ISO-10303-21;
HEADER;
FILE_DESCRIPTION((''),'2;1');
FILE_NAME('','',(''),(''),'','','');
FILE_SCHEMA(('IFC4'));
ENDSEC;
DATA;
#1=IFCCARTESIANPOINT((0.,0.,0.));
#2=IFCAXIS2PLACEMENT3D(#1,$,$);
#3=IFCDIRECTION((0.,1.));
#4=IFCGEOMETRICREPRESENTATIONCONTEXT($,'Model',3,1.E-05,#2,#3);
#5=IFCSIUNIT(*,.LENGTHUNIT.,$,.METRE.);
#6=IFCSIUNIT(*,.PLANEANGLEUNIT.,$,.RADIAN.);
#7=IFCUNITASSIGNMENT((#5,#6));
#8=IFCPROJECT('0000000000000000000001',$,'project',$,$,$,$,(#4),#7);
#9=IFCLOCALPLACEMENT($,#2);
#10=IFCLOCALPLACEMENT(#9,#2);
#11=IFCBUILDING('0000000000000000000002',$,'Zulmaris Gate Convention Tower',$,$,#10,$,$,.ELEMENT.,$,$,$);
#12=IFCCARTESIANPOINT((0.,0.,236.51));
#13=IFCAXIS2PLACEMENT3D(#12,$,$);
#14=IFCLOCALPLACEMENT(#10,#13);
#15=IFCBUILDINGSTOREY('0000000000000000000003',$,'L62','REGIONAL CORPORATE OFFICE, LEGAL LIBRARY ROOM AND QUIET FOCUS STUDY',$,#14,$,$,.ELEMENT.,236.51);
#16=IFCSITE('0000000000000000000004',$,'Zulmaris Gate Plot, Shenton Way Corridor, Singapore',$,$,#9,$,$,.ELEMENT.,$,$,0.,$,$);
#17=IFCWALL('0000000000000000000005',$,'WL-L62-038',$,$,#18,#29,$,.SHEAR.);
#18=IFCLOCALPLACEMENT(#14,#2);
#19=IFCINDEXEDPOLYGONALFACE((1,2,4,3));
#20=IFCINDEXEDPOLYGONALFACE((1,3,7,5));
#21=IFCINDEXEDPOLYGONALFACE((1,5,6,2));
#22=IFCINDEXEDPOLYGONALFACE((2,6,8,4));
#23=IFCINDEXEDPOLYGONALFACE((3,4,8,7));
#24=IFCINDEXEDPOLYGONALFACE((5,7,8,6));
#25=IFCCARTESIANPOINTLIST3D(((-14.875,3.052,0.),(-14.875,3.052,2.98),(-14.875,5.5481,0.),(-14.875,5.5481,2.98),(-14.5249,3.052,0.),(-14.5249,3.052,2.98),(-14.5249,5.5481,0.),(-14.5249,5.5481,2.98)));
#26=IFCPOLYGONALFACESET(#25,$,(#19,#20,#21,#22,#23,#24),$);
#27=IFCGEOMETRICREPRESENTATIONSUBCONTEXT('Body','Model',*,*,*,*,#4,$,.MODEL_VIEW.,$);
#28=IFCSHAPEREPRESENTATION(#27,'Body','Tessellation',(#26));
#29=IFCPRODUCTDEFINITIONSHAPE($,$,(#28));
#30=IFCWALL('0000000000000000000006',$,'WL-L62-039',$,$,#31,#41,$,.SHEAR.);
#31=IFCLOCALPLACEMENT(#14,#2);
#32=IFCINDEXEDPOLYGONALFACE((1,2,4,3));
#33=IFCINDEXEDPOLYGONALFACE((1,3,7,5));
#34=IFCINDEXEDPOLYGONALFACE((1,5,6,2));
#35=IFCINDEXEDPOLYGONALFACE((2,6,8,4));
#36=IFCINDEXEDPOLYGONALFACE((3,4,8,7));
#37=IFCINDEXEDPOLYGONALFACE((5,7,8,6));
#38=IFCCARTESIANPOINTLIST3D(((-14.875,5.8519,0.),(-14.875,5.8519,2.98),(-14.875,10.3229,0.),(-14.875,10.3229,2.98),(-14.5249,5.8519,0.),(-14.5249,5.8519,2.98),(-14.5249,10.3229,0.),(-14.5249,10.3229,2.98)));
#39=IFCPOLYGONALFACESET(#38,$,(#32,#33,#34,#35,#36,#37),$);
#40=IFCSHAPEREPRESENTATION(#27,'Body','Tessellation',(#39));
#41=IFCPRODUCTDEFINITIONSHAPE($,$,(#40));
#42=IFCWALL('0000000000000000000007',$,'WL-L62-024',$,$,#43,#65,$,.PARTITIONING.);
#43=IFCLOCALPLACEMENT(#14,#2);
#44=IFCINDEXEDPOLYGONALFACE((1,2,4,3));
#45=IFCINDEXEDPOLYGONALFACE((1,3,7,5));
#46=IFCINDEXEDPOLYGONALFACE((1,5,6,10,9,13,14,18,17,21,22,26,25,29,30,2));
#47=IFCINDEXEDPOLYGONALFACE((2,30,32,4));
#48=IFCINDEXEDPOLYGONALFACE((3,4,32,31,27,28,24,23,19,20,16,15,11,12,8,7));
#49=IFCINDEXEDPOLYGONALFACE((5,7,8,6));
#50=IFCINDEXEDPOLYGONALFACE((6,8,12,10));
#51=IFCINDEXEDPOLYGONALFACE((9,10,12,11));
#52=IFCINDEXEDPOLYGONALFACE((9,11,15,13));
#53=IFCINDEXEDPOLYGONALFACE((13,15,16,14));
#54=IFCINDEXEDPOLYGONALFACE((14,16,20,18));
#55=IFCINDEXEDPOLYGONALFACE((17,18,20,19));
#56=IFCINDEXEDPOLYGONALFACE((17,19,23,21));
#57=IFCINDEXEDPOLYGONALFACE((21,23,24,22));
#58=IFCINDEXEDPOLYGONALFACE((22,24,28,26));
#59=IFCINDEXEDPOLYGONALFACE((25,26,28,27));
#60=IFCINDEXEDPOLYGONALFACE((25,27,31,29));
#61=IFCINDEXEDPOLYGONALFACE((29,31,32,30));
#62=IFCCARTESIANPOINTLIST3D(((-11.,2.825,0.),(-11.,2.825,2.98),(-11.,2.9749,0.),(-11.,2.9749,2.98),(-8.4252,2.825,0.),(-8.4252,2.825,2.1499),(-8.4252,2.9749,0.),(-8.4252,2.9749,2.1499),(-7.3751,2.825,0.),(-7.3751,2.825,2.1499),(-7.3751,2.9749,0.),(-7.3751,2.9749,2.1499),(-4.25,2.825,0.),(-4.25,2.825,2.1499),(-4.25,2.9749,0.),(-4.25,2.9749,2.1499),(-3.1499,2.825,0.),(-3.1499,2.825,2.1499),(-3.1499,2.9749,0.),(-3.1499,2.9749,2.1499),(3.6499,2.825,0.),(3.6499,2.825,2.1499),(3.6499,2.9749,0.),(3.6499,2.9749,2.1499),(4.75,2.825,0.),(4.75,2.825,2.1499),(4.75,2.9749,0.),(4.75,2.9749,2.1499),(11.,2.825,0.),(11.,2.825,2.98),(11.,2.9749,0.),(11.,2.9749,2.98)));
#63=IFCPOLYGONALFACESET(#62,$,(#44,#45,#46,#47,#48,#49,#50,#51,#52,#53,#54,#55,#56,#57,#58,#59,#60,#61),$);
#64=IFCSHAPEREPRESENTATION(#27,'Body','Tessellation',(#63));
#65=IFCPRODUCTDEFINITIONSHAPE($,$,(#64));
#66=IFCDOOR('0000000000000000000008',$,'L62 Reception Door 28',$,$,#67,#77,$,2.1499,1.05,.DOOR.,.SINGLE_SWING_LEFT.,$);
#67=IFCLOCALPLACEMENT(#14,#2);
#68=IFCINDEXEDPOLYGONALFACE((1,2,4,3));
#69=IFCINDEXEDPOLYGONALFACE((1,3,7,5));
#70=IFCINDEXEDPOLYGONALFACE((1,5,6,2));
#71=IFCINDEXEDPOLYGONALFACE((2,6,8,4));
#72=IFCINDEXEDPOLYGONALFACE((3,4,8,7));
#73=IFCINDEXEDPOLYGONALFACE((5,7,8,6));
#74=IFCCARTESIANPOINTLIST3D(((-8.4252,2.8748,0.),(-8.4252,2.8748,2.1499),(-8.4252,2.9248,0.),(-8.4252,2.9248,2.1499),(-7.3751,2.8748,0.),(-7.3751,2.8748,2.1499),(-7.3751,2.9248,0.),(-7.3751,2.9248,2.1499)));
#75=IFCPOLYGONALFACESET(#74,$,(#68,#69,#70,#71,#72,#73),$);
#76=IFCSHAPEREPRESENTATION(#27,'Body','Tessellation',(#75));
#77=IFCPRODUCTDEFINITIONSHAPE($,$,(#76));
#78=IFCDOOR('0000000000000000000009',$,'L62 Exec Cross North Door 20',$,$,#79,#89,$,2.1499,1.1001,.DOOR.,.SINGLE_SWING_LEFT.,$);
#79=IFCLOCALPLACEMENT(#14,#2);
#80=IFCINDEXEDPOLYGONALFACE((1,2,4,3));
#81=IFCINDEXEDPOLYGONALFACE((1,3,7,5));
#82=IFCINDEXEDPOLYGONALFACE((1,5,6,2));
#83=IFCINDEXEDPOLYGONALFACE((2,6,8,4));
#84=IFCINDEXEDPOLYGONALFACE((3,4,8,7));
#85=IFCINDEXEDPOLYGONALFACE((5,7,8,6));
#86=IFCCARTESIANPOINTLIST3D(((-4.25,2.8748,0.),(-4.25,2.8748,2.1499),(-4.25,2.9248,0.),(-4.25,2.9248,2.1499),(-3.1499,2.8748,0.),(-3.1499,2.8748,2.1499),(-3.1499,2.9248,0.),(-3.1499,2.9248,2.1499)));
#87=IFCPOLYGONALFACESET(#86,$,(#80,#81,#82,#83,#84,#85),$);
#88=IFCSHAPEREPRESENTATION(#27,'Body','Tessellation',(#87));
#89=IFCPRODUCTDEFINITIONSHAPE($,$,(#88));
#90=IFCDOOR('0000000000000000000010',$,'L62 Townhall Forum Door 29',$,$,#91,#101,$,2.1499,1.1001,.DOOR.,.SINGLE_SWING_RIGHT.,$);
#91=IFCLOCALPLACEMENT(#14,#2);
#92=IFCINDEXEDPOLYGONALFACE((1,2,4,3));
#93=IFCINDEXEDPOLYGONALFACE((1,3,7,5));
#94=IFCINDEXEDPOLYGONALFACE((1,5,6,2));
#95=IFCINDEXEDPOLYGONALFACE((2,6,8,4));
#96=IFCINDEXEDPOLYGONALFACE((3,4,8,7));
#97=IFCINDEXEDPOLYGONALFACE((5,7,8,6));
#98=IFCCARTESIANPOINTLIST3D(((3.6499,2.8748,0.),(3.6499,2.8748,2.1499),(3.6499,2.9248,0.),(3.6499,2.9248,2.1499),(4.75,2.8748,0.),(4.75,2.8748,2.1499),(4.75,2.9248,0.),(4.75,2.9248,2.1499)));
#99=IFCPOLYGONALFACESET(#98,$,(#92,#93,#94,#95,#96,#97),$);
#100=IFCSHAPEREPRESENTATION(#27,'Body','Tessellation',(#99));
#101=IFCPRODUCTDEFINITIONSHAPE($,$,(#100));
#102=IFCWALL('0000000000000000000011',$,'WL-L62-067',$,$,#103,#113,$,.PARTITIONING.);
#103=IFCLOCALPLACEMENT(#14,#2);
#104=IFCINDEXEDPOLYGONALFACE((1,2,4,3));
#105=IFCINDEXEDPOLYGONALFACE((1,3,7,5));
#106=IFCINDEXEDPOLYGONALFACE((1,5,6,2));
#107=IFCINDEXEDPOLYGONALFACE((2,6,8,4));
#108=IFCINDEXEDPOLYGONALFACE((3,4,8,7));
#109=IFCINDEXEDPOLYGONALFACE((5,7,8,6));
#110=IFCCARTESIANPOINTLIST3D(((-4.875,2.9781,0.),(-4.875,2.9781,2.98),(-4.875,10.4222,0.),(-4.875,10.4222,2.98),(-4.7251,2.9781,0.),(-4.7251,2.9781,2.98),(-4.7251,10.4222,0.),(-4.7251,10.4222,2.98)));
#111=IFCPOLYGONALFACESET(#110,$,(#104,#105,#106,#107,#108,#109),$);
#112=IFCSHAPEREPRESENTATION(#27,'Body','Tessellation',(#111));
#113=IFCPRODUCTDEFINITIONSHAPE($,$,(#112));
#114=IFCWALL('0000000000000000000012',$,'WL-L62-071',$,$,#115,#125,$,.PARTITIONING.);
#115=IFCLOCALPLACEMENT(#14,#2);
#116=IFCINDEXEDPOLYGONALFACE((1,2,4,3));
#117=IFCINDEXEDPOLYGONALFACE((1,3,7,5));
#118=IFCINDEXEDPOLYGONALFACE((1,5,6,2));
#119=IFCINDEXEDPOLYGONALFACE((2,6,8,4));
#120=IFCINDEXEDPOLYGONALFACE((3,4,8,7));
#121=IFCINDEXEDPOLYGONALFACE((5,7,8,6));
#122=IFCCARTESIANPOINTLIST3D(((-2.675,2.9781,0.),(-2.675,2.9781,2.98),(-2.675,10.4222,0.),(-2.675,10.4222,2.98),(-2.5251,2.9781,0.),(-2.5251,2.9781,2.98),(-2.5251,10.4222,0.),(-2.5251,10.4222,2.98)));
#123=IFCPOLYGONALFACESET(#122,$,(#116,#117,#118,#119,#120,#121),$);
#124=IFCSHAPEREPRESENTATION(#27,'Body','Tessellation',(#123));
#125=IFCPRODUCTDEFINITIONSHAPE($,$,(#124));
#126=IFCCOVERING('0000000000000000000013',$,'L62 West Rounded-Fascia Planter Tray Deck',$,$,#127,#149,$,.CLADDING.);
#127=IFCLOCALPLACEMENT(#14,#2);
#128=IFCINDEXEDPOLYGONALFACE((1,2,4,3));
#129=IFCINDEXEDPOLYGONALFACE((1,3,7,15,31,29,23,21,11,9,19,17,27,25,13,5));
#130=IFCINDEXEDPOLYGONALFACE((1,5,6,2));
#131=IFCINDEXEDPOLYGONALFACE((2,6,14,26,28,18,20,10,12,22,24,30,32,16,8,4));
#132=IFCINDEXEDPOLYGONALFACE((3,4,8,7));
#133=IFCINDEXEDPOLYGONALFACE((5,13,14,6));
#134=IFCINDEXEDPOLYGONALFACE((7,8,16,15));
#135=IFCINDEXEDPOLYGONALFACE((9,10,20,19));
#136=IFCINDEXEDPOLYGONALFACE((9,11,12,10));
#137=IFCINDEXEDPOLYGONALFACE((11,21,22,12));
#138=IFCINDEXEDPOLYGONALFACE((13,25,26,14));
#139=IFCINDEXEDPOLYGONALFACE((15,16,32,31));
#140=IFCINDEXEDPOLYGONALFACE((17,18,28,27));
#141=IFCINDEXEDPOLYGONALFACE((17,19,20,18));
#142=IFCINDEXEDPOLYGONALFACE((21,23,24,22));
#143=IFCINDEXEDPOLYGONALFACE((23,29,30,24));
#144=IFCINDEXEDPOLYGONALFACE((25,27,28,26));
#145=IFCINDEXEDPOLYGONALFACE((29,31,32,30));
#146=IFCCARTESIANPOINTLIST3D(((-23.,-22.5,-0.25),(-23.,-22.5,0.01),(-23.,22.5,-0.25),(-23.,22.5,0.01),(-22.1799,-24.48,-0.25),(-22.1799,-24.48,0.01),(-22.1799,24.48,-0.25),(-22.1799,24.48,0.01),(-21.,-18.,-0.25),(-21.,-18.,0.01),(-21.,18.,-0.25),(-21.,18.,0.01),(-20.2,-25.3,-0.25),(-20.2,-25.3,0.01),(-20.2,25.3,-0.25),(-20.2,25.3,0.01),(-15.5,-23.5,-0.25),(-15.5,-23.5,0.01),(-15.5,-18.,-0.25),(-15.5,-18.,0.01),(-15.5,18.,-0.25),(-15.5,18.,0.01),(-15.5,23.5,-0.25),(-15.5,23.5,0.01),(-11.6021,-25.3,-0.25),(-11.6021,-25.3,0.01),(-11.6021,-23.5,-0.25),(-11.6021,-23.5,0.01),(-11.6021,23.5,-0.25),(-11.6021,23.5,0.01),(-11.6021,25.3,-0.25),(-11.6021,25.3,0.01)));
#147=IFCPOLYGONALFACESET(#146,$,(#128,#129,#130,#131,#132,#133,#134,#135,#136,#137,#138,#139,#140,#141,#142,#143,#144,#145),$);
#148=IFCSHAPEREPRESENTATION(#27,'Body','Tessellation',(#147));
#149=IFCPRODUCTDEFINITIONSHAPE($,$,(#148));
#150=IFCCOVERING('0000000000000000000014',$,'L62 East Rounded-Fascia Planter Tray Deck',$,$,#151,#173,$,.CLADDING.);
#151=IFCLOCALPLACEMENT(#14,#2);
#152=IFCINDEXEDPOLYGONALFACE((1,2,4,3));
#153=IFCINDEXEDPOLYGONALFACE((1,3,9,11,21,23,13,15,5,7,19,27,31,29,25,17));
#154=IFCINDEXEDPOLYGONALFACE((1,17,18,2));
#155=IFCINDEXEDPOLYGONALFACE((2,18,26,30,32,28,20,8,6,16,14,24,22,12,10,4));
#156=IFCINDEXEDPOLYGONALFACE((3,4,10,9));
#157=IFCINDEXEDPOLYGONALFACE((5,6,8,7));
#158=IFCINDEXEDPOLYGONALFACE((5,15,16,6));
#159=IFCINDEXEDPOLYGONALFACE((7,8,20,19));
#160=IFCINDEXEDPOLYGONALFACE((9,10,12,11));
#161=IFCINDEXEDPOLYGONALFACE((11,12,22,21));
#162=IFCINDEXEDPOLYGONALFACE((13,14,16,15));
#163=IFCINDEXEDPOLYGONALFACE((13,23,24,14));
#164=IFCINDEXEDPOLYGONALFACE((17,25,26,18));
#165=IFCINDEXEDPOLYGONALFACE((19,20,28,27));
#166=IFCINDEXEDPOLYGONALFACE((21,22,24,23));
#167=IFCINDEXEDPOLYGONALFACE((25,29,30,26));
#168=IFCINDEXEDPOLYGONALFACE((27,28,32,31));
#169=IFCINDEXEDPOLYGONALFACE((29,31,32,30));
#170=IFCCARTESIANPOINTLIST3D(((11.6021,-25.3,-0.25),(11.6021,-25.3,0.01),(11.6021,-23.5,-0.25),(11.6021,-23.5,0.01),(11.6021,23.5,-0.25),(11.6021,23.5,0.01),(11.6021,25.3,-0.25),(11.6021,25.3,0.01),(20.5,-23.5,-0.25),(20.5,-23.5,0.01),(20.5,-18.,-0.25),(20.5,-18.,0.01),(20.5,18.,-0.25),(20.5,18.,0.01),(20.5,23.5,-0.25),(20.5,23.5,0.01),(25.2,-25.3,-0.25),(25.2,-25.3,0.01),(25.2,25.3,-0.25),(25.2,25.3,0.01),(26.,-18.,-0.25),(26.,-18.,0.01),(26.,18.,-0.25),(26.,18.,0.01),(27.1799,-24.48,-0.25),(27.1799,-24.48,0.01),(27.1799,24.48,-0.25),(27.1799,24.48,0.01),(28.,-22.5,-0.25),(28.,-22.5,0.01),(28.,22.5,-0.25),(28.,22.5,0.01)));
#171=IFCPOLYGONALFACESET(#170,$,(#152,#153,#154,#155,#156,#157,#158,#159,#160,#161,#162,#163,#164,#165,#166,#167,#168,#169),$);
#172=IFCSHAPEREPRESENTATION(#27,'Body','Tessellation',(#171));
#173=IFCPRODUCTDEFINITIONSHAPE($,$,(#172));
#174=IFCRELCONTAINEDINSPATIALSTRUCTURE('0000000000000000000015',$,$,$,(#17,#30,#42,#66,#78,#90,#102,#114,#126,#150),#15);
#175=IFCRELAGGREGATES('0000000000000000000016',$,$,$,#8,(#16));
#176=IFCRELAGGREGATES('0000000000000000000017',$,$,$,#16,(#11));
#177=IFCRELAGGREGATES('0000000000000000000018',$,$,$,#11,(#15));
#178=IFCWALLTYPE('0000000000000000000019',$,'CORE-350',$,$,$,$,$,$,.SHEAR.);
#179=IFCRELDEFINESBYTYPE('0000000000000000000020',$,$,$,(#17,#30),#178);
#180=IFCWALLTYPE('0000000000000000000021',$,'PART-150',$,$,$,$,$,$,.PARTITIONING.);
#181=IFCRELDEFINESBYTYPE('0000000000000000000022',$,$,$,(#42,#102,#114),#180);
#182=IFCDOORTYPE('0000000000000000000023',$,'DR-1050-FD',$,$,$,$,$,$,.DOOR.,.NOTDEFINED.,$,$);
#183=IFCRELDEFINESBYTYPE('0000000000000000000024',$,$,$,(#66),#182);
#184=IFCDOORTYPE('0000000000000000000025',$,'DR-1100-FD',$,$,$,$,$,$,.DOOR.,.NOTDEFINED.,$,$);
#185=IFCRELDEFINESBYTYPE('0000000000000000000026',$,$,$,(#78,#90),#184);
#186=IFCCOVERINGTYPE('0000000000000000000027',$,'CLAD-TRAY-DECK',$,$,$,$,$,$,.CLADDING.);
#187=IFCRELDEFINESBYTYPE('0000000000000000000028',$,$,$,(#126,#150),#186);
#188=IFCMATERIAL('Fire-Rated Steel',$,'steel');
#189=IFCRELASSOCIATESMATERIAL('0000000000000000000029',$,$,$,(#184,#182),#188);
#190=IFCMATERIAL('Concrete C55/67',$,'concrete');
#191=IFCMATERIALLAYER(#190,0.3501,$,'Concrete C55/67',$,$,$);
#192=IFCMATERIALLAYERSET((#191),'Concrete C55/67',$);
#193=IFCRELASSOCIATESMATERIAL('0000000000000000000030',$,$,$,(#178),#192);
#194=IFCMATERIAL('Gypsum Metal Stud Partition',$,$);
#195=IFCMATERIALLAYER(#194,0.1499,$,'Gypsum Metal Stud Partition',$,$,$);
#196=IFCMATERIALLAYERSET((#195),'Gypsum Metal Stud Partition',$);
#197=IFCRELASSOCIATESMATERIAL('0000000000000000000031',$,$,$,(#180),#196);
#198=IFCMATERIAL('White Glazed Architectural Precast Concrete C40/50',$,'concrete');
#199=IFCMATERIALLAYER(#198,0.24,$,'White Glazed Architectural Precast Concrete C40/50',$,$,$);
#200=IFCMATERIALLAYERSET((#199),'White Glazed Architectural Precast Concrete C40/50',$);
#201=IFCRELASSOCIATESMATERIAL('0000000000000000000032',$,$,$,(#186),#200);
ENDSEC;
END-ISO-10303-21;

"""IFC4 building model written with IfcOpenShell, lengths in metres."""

from ifc_helpers import new_model, si_unit, direction, frame, frame_2d, origin, place, context, subcontext, project, spatial, polyline, rectangle, outline, extrude, material, layer, layer_set, type_object, element, fill, save


model = new_model("IFC4")

# Units and contexts
model_context = context("Model", 3, precision=1e-05, world=origin(), true_north=direction((0.0, 1.0)))
body_context = subcontext(model_context, "Body", "Model", "MODEL_VIEW")
ifc_project = project(units=[si_unit("LENGTHUNIT", "METRE"), si_unit("PLANEANGLEUNIT", "RADIAN")], contexts=[model_context])

# Site, building, storey
site_placement = place(None, origin())
site = spatial("IfcSite", under=ifc_project, at=site_placement, Name="Zulmaris Gate Plot, Shenton Way Corridor, Singapore", CompositionType="ELEMENT", RefElevation=0.0)
building_placement = place(site_placement, origin())
building = spatial("IfcBuilding", under=site, at=building_placement, Name="Zulmaris Gate Convention Tower", CompositionType="ELEMENT")
storey_placement = place(building_placement, frame((0.0, 0.0, 236.51)))
storey = spatial("IfcBuildingStorey", under=building, at=storey_placement, Name="L62", Description="REGIONAL CORPORATE OFFICE, LEGAL LIBRARY ROOM AND QUIET FOCUS STUDY", CompositionType="ELEMENT", Elevation=236.51)

# Shared definitions
ifc_material_1 = material(Name="Fire-Rated Steel", Category="steel")
door_type_1 = type_object("IfcDoorType", Name="DR-1100-FD", OperationType="NOTDEFINED", PredefinedType="DOOR", material=ifc_material_1)

# Walls
ifc_material_2 = material(Name="Concrete C55/67", Category="concrete")
ifc_layer_1 = layer(ifc_material_2, 0.3501, Name="Concrete C55/67")
ifc_layer_set_1 = layer_set([ifc_layer_1], Name="Concrete C55/67")
wall_type_1 = type_object("IfcWallType", Name="CORE-350", PredefinedType="SHEAR", material=ifc_layer_set_1)
wall_1_placement = place(storey_placement, frame((-14.7, 3.052, 0.0), z_axis=(0.0, 0.0, 1.0), x_axis=(0.0, 1.0, 0.0)))
element("IfcWall", 1, at=wall_1_placement, inside=storey, type_object=wall_type_1, Name="WL-L62-038", PredefinedType="SHEAR", context=body_context, shape_type="SweptSolid", body=[
    extrude(rectangle(XDim=2.4961, YDim=0.3501, at=frame_2d((1.248, 0.0))), origin(), (0.0, 0.0, 1.0), 2.98),
])
wall_2_placement = place(storey_placement, frame((-14.7, 5.8521, 0.0), z_axis=(0.0, 0.0, 1.0), x_axis=(0.0, 1.0, 0.0)))
element("IfcWall", 2, at=wall_2_placement, inside=storey, type_object=wall_type_1, Name="WL-L62-039", PredefinedType="SHEAR", context=body_context, shape_type="SweptSolid", body=[
    extrude(rectangle(XDim=4.4709, YDim=0.3501, at=frame_2d((2.2354, 0.0))), origin(), (0.0, 0.0, 1.0), 2.98),
])

# Wall, openings, doors
ifc_material_3 = material(Name="Gypsum Metal Stud Partition")
ifc_layer_2 = layer(ifc_material_3, 0.1499, Name="Gypsum Metal Stud Partition")
ifc_layer_set_2 = layer_set([ifc_layer_2], Name="Gypsum Metal Stud Partition")
wall_type_2 = type_object("IfcWallType", Name="PART-150", PredefinedType="PARTITIONING", material=ifc_layer_set_2)
wall_3_placement = place(storey_placement, frame((-11.0, 2.8999, 0.0), z_axis=(0.0, 0.0, 1.0), x_axis=(1.0, 0.0, 0.0)))
wall_3 = element("IfcWall", 3, at=wall_3_placement, inside=storey, type_object=wall_type_2, Name="WL-L62-024", PredefinedType="PARTITIONING", context=body_context, shape_type="SweptSolid", body=[
    extrude(rectangle(XDim=22.0, YDim=0.1499, at=frame_2d((11.0, 0.0))), origin(), (0.0, 0.0, 1.0), 2.98),
])
opening_1_placement = place(wall_3_placement, frame((6.75, 0.0, 0.0)))
opening_1 = element("IfcOpeningElement", 4, at=opening_1_placement, cuts=wall_3, PredefinedType="OPENING", context=body_context, shape_type="SweptSolid", body=[
    extrude(rectangle(XDim=1.1001, YDim=2.1499, at=frame_2d((0.55, 1.075))), frame((0.0, 0.085, 0.0), z_axis=(0.0, -1.0, 0.0), x_axis=(1.0, 0.0, 0.0)), (0.0, 0.0, 1.0), 0.1699),
])
opening_2_placement = place(wall_3_placement, frame((2.575, 0.0, 0.0)))
opening_2 = element("IfcOpeningElement", 5, at=opening_2_placement, cuts=wall_3, PredefinedType="OPENING", context=body_context, shape_type="SweptSolid", body=[
    extrude(rectangle(XDim=1.05, YDim=2.1499, at=frame_2d((0.5249, 1.075))), frame((0.0, 0.085, 0.0), z_axis=(0.0, -1.0, 0.0), x_axis=(1.0, 0.0, 0.0)), (0.0, 0.0, 1.0), 0.1699),
])
opening_3_placement = place(wall_3_placement, frame((14.6499, 0.0, 0.0)))
opening_3 = element("IfcOpeningElement", 6, at=opening_3_placement, cuts=wall_3, PredefinedType="OPENING", context=body_context, shape_type="SweptSolid", body=[
    extrude(rectangle(XDim=1.1001, YDim=2.1499, at=frame_2d((0.55, 1.075))), frame((0.0, 0.085, 0.0), z_axis=(0.0, -1.0, 0.0), x_axis=(1.0, 0.0, 0.0)), (0.0, 0.0, 1.0), 0.1699),
])
door_type_2 = type_object("IfcDoorType", Name="DR-1050-FD", OperationType="NOTDEFINED", PredefinedType="DOOR", material=ifc_material_1)
door_1_placement = place(opening_2_placement, origin())
door_1 = element("IfcDoor", 7, at=door_1_placement, inside=storey, type_object=door_type_2, Name="L62 Reception Door 28", OperationType="SINGLE_SWING_LEFT", OverallHeight=2.1499, OverallWidth=1.05, PredefinedType="DOOR", context=body_context, shape_type="SweptSolid", body=[
    extrude(rectangle(XDim=1.05, YDim=2.1499, at=frame_2d((0.5249, 1.075))), frame((0.0, 0.0249, 0.0), z_axis=(0.0, -1.0, 0.0), x_axis=(1.0, 0.0, 0.0)), (0.0, 0.0, 1.0), 0.05),
])
fill(opening_2, door_1)
door_2_placement = place(opening_1_placement, origin())
door_2 = element("IfcDoor", 8, at=door_2_placement, inside=storey, type_object=door_type_1, Name="L62 Exec Cross North Door 20", OperationType="SINGLE_SWING_LEFT", OverallHeight=2.1499, OverallWidth=1.1001, PredefinedType="DOOR", context=body_context, shape_type="SweptSolid", body=[
    extrude(rectangle(XDim=1.1001, YDim=2.1499, at=frame_2d((0.55, 1.075))), frame((0.0, 0.0249, 0.0), z_axis=(0.0, -1.0, 0.0), x_axis=(1.0, 0.0, 0.0)), (0.0, 0.0, 1.0), 0.05),
])
fill(opening_1, door_2)
door_3_placement = place(opening_3_placement, origin())
door_3 = element("IfcDoor", 9, at=door_3_placement, inside=storey, type_object=door_type_1, Name="L62 Townhall Forum Door 29", OperationType="SINGLE_SWING_RIGHT", OverallHeight=2.1499, OverallWidth=1.1001, PredefinedType="DOOR", context=body_context, shape_type="SweptSolid", body=[
    extrude(rectangle(XDim=1.1001, YDim=2.1499, at=frame_2d((0.55, 1.075))), frame((0.0, 0.0249, 0.0), z_axis=(0.0, -1.0, 0.0), x_axis=(1.0, 0.0, 0.0)), (0.0, 0.0, 1.0), 0.05),
])
fill(opening_3, door_3)

# Walls
for number, where, z_axis, x_axis, name in (
    (10, (-4.8, 2.978, 0.0), (0.0, 0.0, 1.0), (0.0, 1.0, 0.0), "WL-L62-067"),
    (11, (-2.6001, 2.978, 0.0), (0.0, 0.0, 1.0), (0.0, 1.0, 0.0), "WL-L62-071"),
):
    element("IfcWall", number, at=place(storey_placement, frame(where, z_axis=z_axis, x_axis=x_axis)), inside=storey, type_object=wall_type_2, Name=name, PredefinedType="PARTITIONING", context=body_context, shape_type="SweptSolid", body=[
        extrude(rectangle(XDim=7.4441, YDim=0.1499, at=frame_2d((3.7222, 0.0))), origin(), (0.0, 0.0, 1.0), 2.98),
    ])

# Coverings
ifc_material_4 = material(Name="White Glazed Architectural Precast Concrete C40/50", Category="concrete")
ifc_layer_3 = layer(ifc_material_4, 0.24, Name="White Glazed Architectural Precast Concrete C40/50")
ifc_layer_set_3 = layer_set([ifc_layer_3], Name="White Glazed Architectural Precast Concrete C40/50")
covering_type = type_object("IfcCoveringType", Name="CLAD-TRAY-DECK", PredefinedType="CLADDING", material=ifc_layer_set_3)
covering_1_placement = place(storey_placement, frame((0.0, 0.0, -0.25)))
element("IfcCovering", 12, at=covering_1_placement, inside=storey, type_object=covering_type, Name="L62 West Rounded-Fascia Planter Tray Deck", PredefinedType="CLADDING", context=body_context, shape_type="SweptSolid", body=[
    extrude(outline(polyline([(-23.0, 22.5), (-22.1799, 24.48), (-20.2, 25.3), (-11.6021, 25.3), (-11.6021, 23.5), (-15.5, 23.5), (-15.5, 18.0), (-21.0, 18.0), (-21.0, -18.0), (-15.5, -18.0), (-15.5, -23.5), (-11.6021, -23.5), (-11.6021, -25.3), (-20.2, -25.3), (-22.1799, -24.48), (-23.0, -22.5), (-23.0, 22.5)])), origin(), (0.0, 0.0, 1.0), 0.26),
])
covering_2_placement = place(storey_placement, frame((0.0, 0.0, -0.25)))
element("IfcCovering", 13, at=covering_2_placement, inside=storey, type_object=covering_type, Name="L62 East Rounded-Fascia Planter Tray Deck", PredefinedType="CLADDING", context=body_context, shape_type="SweptSolid", body=[
    extrude(outline(polyline([(25.2, 25.3), (27.1799, 24.48), (28.0, 22.5), (28.0, -22.5), (27.1799, -24.48), (25.2, -25.3), (11.6021, -25.3), (11.6021, -23.5), (20.5, -23.5), (20.5, -18.0), (26.0, -18.0), (26.0, 18.0), (20.5, 18.0), (20.5, 23.5), (11.6021, 23.5), (11.6021, 25.3), (25.2, 25.3)])), origin(), (0.0, 0.0, 1.0), 0.26),
])

save(model, "model.ifc")
